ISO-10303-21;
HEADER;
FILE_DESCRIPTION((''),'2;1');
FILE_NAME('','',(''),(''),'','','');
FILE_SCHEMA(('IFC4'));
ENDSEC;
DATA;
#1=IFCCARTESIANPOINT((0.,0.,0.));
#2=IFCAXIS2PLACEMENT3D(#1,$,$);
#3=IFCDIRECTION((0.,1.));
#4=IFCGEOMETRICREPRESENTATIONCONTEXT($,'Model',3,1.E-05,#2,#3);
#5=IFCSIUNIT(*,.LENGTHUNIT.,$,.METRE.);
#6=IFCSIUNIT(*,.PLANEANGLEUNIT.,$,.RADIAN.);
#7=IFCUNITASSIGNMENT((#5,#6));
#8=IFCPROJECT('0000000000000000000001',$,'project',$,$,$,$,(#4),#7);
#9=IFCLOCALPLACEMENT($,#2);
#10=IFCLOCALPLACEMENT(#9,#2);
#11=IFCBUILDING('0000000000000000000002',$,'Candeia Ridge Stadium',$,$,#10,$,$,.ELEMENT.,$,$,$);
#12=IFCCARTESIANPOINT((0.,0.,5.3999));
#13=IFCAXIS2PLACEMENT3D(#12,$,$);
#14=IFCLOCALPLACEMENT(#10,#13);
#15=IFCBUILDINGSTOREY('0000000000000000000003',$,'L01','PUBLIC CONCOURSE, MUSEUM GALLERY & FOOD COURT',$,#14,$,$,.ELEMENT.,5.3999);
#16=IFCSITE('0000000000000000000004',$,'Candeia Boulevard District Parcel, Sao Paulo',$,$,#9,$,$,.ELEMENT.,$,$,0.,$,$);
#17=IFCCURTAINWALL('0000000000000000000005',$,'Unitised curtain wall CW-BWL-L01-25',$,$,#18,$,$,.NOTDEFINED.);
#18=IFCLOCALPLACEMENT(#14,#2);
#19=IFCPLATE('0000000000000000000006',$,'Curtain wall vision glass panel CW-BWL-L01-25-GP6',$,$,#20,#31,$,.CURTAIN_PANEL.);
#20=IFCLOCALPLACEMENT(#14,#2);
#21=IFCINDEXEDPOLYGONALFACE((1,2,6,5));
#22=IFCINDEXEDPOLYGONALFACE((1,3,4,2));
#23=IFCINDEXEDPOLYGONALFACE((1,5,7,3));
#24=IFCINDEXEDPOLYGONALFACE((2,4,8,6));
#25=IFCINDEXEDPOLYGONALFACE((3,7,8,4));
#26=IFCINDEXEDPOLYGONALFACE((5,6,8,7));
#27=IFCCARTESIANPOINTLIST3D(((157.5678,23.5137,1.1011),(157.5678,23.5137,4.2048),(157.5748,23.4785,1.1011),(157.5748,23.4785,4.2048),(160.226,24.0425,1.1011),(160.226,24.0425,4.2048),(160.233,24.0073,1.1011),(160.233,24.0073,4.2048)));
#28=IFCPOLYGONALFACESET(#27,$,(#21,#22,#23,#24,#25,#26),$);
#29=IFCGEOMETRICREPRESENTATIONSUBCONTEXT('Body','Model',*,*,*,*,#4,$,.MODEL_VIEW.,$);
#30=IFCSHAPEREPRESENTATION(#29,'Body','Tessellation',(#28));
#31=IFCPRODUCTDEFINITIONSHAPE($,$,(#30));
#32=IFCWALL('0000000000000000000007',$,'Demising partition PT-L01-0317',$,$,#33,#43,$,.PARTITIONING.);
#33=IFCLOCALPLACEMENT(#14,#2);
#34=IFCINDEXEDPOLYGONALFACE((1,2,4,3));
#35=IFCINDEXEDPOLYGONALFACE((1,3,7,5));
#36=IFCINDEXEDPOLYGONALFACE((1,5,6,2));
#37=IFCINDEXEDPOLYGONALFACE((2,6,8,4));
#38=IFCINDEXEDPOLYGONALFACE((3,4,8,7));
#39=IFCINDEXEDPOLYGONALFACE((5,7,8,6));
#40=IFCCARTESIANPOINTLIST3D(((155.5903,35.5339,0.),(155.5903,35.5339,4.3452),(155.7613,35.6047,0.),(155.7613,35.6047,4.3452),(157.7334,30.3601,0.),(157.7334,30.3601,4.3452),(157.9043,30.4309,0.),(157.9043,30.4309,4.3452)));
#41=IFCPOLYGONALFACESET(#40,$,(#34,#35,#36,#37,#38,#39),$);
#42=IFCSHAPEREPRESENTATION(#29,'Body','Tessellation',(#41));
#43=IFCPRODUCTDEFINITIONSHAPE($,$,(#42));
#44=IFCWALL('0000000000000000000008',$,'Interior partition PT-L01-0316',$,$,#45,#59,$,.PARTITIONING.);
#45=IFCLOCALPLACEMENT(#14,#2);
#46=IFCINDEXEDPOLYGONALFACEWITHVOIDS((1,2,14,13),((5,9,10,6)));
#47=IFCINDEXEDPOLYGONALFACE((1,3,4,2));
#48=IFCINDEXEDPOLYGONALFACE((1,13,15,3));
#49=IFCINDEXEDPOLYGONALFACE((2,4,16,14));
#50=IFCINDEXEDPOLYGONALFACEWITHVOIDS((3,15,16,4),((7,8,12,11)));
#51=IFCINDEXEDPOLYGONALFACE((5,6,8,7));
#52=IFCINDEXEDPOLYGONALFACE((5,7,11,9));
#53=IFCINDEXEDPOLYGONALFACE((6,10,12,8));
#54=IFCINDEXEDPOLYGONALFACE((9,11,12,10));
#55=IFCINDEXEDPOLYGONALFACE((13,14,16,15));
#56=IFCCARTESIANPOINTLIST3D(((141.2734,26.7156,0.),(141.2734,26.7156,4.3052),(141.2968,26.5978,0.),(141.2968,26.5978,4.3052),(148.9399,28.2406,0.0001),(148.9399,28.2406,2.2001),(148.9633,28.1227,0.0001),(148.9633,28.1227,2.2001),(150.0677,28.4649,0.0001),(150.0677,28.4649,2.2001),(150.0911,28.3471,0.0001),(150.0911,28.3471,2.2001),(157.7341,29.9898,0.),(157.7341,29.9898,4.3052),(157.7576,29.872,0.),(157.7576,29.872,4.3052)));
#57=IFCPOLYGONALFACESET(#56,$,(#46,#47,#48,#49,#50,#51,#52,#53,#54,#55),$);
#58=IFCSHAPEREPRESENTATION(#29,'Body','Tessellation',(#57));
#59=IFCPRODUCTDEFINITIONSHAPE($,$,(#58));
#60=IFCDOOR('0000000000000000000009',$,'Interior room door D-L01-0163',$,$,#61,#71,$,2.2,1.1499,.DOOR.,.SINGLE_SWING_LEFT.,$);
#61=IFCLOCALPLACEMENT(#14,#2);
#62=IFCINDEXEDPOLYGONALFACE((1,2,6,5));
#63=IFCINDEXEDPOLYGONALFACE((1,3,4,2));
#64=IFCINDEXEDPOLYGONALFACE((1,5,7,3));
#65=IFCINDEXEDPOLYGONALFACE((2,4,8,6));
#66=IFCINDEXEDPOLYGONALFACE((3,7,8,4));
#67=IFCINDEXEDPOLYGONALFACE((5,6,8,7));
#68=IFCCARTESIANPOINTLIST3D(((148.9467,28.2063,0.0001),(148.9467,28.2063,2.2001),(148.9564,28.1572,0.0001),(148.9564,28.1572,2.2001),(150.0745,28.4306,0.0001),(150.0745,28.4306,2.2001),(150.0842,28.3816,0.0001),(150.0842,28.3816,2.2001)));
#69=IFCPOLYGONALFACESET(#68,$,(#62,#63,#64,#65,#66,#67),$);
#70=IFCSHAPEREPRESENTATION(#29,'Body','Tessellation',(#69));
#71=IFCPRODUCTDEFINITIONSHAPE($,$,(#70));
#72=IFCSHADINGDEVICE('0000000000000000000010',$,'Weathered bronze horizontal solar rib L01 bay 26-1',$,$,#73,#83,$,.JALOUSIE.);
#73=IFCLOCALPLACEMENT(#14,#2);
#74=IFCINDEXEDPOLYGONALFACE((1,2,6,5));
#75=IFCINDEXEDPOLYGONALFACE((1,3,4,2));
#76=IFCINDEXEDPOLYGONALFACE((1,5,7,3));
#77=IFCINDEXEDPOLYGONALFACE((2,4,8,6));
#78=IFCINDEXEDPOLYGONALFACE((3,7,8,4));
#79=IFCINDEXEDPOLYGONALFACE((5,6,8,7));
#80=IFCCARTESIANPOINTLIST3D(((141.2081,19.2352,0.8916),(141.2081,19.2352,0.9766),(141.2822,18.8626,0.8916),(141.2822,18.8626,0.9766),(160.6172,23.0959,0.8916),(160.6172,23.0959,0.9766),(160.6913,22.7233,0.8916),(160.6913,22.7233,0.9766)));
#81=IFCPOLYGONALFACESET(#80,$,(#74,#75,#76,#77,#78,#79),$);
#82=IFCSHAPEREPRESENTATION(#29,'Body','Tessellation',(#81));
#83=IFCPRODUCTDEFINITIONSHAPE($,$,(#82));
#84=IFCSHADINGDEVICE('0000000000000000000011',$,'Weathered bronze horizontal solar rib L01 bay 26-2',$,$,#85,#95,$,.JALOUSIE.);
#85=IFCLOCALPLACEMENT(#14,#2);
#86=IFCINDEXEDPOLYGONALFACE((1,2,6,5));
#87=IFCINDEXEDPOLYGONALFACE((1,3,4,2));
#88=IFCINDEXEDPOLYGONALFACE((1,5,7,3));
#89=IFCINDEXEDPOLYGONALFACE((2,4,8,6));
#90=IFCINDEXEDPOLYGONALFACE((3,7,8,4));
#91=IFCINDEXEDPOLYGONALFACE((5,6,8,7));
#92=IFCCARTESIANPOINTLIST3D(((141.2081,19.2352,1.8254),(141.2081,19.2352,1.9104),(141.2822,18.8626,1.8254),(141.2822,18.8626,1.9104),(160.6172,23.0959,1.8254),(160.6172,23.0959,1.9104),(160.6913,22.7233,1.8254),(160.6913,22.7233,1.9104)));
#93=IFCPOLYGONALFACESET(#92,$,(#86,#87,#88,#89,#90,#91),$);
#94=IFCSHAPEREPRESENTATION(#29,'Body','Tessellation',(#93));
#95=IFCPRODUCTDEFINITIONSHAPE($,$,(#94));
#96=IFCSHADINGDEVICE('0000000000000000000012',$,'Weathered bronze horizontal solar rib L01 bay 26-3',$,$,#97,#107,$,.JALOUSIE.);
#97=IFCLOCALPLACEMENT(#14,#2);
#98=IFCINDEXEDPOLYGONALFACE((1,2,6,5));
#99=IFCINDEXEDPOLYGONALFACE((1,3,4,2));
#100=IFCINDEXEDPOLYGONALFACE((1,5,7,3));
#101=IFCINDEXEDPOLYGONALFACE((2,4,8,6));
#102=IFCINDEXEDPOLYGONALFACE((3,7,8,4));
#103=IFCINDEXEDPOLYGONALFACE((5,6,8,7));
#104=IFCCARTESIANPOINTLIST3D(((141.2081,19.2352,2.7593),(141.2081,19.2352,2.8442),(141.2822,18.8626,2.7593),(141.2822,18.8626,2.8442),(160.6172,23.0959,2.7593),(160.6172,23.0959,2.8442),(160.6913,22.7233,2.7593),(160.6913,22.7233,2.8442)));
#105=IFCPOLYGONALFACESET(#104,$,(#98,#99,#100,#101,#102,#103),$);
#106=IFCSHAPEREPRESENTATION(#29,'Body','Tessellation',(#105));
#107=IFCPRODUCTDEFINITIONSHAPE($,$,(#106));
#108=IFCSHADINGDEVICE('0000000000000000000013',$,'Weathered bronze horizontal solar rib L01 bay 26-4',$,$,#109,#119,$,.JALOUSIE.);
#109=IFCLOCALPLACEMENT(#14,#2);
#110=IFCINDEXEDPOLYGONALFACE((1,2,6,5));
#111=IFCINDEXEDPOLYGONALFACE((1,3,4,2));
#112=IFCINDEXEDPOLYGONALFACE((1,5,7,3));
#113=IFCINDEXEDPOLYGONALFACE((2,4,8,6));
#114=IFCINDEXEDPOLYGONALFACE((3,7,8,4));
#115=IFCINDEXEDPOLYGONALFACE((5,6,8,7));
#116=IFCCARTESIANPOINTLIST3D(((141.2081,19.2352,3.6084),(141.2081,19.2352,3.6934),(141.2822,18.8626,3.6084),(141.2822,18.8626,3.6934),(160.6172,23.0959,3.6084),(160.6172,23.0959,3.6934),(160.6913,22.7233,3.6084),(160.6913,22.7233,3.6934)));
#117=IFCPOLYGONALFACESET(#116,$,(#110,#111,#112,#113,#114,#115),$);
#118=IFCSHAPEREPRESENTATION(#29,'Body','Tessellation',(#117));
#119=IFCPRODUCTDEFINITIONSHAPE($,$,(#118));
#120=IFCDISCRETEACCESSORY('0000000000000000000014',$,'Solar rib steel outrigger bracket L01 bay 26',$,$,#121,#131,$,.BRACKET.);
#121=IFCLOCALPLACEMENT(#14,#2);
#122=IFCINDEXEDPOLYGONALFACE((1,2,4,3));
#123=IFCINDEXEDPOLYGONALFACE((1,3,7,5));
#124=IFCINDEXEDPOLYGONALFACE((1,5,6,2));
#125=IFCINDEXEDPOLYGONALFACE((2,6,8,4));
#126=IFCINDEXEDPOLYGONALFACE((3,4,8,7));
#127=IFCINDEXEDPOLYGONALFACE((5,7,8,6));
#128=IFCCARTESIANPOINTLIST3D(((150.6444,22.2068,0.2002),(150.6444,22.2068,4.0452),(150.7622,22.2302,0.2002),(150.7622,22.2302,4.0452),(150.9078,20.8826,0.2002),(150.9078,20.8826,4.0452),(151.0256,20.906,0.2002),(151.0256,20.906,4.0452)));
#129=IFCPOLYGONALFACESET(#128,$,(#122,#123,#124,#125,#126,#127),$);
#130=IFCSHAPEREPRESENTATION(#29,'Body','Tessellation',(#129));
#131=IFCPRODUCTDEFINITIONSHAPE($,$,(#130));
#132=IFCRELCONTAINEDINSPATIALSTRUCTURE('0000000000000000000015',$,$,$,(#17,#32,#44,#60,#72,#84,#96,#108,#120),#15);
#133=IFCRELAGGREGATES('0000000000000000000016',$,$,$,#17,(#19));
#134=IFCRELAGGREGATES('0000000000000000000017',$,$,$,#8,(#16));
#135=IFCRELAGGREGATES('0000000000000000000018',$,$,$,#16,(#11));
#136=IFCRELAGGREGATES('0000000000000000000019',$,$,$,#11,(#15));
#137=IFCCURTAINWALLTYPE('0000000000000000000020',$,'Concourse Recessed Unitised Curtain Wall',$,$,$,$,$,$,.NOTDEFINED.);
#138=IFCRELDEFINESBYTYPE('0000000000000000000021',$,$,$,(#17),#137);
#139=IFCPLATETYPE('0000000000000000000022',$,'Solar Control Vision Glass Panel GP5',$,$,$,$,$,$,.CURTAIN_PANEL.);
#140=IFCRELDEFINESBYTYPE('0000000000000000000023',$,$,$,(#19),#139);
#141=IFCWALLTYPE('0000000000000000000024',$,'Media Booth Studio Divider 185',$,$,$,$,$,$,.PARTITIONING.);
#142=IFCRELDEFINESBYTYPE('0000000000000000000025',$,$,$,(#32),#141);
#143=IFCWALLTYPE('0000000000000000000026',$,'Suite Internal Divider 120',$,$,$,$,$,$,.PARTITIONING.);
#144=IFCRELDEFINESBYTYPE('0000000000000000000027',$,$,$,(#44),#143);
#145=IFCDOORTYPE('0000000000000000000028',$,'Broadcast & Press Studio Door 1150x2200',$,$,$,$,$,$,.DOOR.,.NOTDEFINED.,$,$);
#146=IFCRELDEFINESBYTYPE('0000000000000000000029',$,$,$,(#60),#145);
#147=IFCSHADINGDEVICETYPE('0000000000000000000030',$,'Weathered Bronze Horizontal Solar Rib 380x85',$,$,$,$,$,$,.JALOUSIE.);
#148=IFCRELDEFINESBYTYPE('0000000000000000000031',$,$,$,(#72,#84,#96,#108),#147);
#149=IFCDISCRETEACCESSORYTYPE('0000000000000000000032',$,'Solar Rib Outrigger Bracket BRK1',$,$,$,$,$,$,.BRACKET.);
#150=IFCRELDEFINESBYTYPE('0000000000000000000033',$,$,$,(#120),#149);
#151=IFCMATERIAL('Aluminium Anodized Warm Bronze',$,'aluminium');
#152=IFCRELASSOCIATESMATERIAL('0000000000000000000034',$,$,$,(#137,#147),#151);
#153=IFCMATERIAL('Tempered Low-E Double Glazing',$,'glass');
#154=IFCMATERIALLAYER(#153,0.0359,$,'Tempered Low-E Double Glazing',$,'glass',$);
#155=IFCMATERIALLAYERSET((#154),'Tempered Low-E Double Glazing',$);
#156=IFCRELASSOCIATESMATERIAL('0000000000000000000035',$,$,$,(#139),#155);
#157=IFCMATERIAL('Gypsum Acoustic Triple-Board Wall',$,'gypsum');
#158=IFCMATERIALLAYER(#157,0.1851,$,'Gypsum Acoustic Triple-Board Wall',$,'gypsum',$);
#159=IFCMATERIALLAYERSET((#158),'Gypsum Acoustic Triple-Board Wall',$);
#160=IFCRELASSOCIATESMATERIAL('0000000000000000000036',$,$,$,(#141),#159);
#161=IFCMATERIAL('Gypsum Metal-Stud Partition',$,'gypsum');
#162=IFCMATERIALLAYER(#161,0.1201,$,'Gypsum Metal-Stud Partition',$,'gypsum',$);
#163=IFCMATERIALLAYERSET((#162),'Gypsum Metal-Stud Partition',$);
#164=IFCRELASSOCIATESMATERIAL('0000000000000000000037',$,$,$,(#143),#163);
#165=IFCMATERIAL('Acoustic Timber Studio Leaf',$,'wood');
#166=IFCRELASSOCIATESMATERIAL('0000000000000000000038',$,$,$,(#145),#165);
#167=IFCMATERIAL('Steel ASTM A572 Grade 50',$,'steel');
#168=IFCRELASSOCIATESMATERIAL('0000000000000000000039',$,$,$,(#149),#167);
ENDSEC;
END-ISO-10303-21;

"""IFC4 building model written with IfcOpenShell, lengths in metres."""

from ifc_helpers import new_model, si_unit, direction, frame, frame_2d, origin, origin_2d, place, context, subcontext, project, spatial, rectangle, extrude, material, layer, layer_set, type_object, element, fill, aggregate, save


model = new_model("IFC4")

# Units and contexts
model_context = context("Model", 3, precision=1e-05, world=origin(), true_north=direction((0.0, 1.0)))
body_context = subcontext(model_context, "Body", "Model", "MODEL_VIEW")
ifc_project = project(units=[si_unit("LENGTHUNIT", "METRE"), si_unit("PLANEANGLEUNIT", "RADIAN")], contexts=[model_context])

# Site, building, storey
site_placement = place(None, origin())
site = spatial("IfcSite", under=ifc_project, at=site_placement, Name="Candeia Boulevard District Parcel, Sao Paulo", CompositionType="ELEMENT", RefElevation=0.0)
building_placement = place(site_placement, origin())
building = spatial("IfcBuilding", under=site, at=building_placement, Name="Candeia Ridge Stadium", CompositionType="ELEMENT")
storey_placement = place(building_placement, frame((0.0, 0.0, 5.3999)))
storey = spatial("IfcBuildingStorey", under=building, at=storey_placement, Name="L01", Description="PUBLIC CONCOURSE, MUSEUM GALLERY & FOOD COURT", CompositionType="ELEMENT", Elevation=5.3999)

# Curtain wall
ifc_material_1 = material(Name="Aluminium Anodized Warm Bronze", Category="aluminium")
curtain_wall_type = type_object("IfcCurtainWallType", Name="Concourse Recessed Unitised Curtain Wall", PredefinedType="NOTDEFINED", material=ifc_material_1)
curtain_wall_placement = place(storey_placement, origin())
curtain_wall = element("IfcCurtainWall", 1, at=curtain_wall_placement, inside=storey, type_object=curtain_wall_type, Name="Unitised curtain wall CW-BWL-L01-25", PredefinedType="NOTDEFINED")

# Plate
ifc_material_2 = material(Name="Tempered Low-E Double Glazing", Category="glass")
ifc_layer_1 = layer(ifc_material_2, 0.0359, Name="Tempered Low-E Double Glazing", Category="glass")
ifc_layer_set_1 = layer_set([ifc_layer_1], Name="Tempered Low-E Double Glazing")
plate_type_1 = type_object("IfcPlateType", Name="Solar Control Vision Glass Panel GP5", PredefinedType="CURTAIN_PANEL", material=ifc_layer_set_1)
plate_1_placement = place(storey_placement, frame((158.9004, 23.7605, 1.1011), z_axis=(0.0, 0.0, 1.0), x_axis=(0.980785, 0.19509, 0.0)))
plate_1 = element("IfcPlate", 2, at=plate_1_placement, type_object=plate_type_1, Name="Curtain wall vision glass panel CW-BWL-L01-25-GP6", PredefinedType="CURTAIN_PANEL", context=body_context, shape_type="SweptSolid", body=[
    extrude(rectangle(XDim=2.7102, YDim=0.0359, at=origin_2d()), origin(), (0.0, 0.0, 1.0), 3.1038),
])
aggregate(curtain_wall, [plate_1])

# Wall
ifc_material_3 = material(Name="Gypsum Acoustic Triple-Board Wall", Category="gypsum")
ifc_layer_2 = layer(ifc_material_3, 0.1851, Name="Gypsum Acoustic Triple-Board Wall", Category="gypsum")
ifc_layer_set_2 = layer_set([ifc_layer_2], Name="Gypsum Acoustic Triple-Board Wall")
wall_type_1 = type_object("IfcWallType", Name="Media Booth Studio Divider 185", PredefinedType="PARTITIONING", material=ifc_layer_set_2)
wall_1_placement = place(storey_placement, frame((155.6758, 35.5693, 0.0), z_axis=(0.0, 0.0, 1.0), x_axis=(0.382683, -0.92388, 0.0)))
element("IfcWall", 3, at=wall_1_placement, inside=storey, type_object=wall_type_1, Name="Demising partition PT-L01-0317", PredefinedType="PARTITIONING", context=body_context, shape_type="SweptSolid", body=[
    extrude(rectangle(XDim=5.6001, YDim=0.1851, at=frame_2d((2.8, 0.0))), origin(), (0.0, 0.0, 1.0), 4.3452),
])

# Wall, opening, door
ifc_material_4 = material(Name="Gypsum Metal-Stud Partition", Category="gypsum")
ifc_layer_3 = layer(ifc_material_4, 0.1201, Name="Gypsum Metal-Stud Partition", Category="gypsum")
ifc_layer_set_3 = layer_set([ifc_layer_3], Name="Gypsum Metal-Stud Partition")
wall_type_2 = type_object("IfcWallType", Name="Suite Internal Divider 120", PredefinedType="PARTITIONING", material=ifc_layer_set_3)
wall_2_placement = place(storey_placement, frame((157.7458, 29.9309, 0.0), z_axis=(0.0, 0.0, 1.0), x_axis=(-0.980786, -0.195087, 0.0)))
wall_2 = element("IfcWall", 4, at=wall_2_placement, inside=storey, type_object=wall_type_2, Name="Interior partition PT-L01-0316", PredefinedType="PARTITIONING", context=body_context, shape_type="SweptSolid", body=[
    extrude(rectangle(XDim=16.7832, YDim=0.1201, at=frame_2d((8.3916, 0.0))), origin(), (0.0, 0.0, 1.0), 4.3052),
])
opening_placement = place(wall_2_placement, frame((7.8167, 0.0, 0.0)))
opening = element("IfcOpeningElement", 5, at=opening_placement, cuts=wall_2, PredefinedType="OPENING", context=body_context, shape_type="SweptSolid", body=[
    extrude(rectangle(XDim=1.1499, YDim=2.2, at=frame_2d((0.575, 1.1001))), frame((0.0, 0.0701, 0.0), z_axis=(0.0, -1.0, 0.0), x_axis=(1.0, 0.0, 0.0)), (0.0, 0.0, 1.0), 0.1401),
])
ifc_material_5 = material(Name="Acoustic Timber Studio Leaf", Category="wood")
door_type = type_object("IfcDoorType", Name="Broadcast & Press Studio Door 1150x2200", OperationType="NOTDEFINED", PredefinedType="DOOR", material=ifc_material_5)
door_placement = place(opening_placement, origin())
door = element("IfcDoor", 6, at=door_placement, inside=storey, type_object=door_type, Name="Interior room door D-L01-0163", OperationType="SINGLE_SWING_LEFT", OverallHeight=2.2, OverallWidth=1.1499, PredefinedType="DOOR", context=body_context, shape_type="SweptSolid", body=[
    extrude(rectangle(XDim=1.1499, YDim=2.2, at=frame_2d((0.575, 1.1001))), frame((0.0, 0.0249, 0.0), z_axis=(0.0, -1.0, 0.0), x_axis=(1.0, 0.0, 0.0)), (0.0, 0.0, 1.0), 0.05),
])
fill(opening, door)

# Shading devices
shading_device_type = type_object("IfcShadingDeviceType", Name="Weathered Bronze Horizontal Solar Rib 380x85", PredefinedType="JALOUSIE", material=ifc_material_1)
for number, where, z_axis, x_axis, name in (
    (7, (150.9497, 20.9792, 0.8916), (0.0, 0.0, 1.0), (0.980785, 0.19509, 0.0), "Weathered bronze horizontal solar rib L01 bay 26-1"),
    (8, (150.9497, 20.9792, 1.8254), (0.0, 0.0, 1.0), (0.980785, 0.19509, 0.0), "Weathered bronze horizontal solar rib L01 bay 26-2"),
    (9, (150.9497, 20.9792, 2.7593), (0.0, 0.0, 1.0), (0.980785, 0.19509, 0.0), "Weathered bronze horizontal solar rib L01 bay 26-3"),
    (10, (150.9497, 20.9792, 3.6084), (0.0, 0.0, 1.0), (0.980785, 0.19509, 0.0), "Weathered bronze horizontal solar rib L01 bay 26-4"),
):
    element("IfcShadingDevice", number, at=place(storey_placement, frame(where, z_axis=z_axis, x_axis=x_axis)), inside=storey, type_object=shading_device_type, Name=name, PredefinedType="JALOUSIE", context=body_context, shape_type="SweptSolid", body=[
        extrude(rectangle(XDim=19.7893, YDim=0.3799, at=origin_2d()), origin(), (0.0, 0.0, 1.0), 0.085),
    ])

# Discrete accessory
ifc_material_6 = material(Name="Steel ASTM A572 Grade 50", Category="steel")
discrete_accessory_type = type_object("IfcDiscreteAccessoryType", Name="Solar Rib Outrigger Bracket BRK1", PredefinedType="BRACKET", material=ifc_material_6)
discrete_accessory_placement = place(storey_placement, frame((150.835, 21.5564, 0.2002), z_axis=(0.0, 0.0, 1.0), x_axis=(0.19509, -0.980785, 0.0)))
element("IfcDiscreteAccessory", 11, at=discrete_accessory_placement, inside=storey, type_object=discrete_accessory_type, Name="Solar rib steel outrigger bracket L01 bay 26", PredefinedType="BRACKET", context=body_context, shape_type="SweptSolid", body=[
    extrude(rectangle(XDim=1.3501, YDim=0.1201, at=origin_2d()), origin(), (0.0, 0.0, 1.0), 3.845),
])

save(model, "model.ifc")
